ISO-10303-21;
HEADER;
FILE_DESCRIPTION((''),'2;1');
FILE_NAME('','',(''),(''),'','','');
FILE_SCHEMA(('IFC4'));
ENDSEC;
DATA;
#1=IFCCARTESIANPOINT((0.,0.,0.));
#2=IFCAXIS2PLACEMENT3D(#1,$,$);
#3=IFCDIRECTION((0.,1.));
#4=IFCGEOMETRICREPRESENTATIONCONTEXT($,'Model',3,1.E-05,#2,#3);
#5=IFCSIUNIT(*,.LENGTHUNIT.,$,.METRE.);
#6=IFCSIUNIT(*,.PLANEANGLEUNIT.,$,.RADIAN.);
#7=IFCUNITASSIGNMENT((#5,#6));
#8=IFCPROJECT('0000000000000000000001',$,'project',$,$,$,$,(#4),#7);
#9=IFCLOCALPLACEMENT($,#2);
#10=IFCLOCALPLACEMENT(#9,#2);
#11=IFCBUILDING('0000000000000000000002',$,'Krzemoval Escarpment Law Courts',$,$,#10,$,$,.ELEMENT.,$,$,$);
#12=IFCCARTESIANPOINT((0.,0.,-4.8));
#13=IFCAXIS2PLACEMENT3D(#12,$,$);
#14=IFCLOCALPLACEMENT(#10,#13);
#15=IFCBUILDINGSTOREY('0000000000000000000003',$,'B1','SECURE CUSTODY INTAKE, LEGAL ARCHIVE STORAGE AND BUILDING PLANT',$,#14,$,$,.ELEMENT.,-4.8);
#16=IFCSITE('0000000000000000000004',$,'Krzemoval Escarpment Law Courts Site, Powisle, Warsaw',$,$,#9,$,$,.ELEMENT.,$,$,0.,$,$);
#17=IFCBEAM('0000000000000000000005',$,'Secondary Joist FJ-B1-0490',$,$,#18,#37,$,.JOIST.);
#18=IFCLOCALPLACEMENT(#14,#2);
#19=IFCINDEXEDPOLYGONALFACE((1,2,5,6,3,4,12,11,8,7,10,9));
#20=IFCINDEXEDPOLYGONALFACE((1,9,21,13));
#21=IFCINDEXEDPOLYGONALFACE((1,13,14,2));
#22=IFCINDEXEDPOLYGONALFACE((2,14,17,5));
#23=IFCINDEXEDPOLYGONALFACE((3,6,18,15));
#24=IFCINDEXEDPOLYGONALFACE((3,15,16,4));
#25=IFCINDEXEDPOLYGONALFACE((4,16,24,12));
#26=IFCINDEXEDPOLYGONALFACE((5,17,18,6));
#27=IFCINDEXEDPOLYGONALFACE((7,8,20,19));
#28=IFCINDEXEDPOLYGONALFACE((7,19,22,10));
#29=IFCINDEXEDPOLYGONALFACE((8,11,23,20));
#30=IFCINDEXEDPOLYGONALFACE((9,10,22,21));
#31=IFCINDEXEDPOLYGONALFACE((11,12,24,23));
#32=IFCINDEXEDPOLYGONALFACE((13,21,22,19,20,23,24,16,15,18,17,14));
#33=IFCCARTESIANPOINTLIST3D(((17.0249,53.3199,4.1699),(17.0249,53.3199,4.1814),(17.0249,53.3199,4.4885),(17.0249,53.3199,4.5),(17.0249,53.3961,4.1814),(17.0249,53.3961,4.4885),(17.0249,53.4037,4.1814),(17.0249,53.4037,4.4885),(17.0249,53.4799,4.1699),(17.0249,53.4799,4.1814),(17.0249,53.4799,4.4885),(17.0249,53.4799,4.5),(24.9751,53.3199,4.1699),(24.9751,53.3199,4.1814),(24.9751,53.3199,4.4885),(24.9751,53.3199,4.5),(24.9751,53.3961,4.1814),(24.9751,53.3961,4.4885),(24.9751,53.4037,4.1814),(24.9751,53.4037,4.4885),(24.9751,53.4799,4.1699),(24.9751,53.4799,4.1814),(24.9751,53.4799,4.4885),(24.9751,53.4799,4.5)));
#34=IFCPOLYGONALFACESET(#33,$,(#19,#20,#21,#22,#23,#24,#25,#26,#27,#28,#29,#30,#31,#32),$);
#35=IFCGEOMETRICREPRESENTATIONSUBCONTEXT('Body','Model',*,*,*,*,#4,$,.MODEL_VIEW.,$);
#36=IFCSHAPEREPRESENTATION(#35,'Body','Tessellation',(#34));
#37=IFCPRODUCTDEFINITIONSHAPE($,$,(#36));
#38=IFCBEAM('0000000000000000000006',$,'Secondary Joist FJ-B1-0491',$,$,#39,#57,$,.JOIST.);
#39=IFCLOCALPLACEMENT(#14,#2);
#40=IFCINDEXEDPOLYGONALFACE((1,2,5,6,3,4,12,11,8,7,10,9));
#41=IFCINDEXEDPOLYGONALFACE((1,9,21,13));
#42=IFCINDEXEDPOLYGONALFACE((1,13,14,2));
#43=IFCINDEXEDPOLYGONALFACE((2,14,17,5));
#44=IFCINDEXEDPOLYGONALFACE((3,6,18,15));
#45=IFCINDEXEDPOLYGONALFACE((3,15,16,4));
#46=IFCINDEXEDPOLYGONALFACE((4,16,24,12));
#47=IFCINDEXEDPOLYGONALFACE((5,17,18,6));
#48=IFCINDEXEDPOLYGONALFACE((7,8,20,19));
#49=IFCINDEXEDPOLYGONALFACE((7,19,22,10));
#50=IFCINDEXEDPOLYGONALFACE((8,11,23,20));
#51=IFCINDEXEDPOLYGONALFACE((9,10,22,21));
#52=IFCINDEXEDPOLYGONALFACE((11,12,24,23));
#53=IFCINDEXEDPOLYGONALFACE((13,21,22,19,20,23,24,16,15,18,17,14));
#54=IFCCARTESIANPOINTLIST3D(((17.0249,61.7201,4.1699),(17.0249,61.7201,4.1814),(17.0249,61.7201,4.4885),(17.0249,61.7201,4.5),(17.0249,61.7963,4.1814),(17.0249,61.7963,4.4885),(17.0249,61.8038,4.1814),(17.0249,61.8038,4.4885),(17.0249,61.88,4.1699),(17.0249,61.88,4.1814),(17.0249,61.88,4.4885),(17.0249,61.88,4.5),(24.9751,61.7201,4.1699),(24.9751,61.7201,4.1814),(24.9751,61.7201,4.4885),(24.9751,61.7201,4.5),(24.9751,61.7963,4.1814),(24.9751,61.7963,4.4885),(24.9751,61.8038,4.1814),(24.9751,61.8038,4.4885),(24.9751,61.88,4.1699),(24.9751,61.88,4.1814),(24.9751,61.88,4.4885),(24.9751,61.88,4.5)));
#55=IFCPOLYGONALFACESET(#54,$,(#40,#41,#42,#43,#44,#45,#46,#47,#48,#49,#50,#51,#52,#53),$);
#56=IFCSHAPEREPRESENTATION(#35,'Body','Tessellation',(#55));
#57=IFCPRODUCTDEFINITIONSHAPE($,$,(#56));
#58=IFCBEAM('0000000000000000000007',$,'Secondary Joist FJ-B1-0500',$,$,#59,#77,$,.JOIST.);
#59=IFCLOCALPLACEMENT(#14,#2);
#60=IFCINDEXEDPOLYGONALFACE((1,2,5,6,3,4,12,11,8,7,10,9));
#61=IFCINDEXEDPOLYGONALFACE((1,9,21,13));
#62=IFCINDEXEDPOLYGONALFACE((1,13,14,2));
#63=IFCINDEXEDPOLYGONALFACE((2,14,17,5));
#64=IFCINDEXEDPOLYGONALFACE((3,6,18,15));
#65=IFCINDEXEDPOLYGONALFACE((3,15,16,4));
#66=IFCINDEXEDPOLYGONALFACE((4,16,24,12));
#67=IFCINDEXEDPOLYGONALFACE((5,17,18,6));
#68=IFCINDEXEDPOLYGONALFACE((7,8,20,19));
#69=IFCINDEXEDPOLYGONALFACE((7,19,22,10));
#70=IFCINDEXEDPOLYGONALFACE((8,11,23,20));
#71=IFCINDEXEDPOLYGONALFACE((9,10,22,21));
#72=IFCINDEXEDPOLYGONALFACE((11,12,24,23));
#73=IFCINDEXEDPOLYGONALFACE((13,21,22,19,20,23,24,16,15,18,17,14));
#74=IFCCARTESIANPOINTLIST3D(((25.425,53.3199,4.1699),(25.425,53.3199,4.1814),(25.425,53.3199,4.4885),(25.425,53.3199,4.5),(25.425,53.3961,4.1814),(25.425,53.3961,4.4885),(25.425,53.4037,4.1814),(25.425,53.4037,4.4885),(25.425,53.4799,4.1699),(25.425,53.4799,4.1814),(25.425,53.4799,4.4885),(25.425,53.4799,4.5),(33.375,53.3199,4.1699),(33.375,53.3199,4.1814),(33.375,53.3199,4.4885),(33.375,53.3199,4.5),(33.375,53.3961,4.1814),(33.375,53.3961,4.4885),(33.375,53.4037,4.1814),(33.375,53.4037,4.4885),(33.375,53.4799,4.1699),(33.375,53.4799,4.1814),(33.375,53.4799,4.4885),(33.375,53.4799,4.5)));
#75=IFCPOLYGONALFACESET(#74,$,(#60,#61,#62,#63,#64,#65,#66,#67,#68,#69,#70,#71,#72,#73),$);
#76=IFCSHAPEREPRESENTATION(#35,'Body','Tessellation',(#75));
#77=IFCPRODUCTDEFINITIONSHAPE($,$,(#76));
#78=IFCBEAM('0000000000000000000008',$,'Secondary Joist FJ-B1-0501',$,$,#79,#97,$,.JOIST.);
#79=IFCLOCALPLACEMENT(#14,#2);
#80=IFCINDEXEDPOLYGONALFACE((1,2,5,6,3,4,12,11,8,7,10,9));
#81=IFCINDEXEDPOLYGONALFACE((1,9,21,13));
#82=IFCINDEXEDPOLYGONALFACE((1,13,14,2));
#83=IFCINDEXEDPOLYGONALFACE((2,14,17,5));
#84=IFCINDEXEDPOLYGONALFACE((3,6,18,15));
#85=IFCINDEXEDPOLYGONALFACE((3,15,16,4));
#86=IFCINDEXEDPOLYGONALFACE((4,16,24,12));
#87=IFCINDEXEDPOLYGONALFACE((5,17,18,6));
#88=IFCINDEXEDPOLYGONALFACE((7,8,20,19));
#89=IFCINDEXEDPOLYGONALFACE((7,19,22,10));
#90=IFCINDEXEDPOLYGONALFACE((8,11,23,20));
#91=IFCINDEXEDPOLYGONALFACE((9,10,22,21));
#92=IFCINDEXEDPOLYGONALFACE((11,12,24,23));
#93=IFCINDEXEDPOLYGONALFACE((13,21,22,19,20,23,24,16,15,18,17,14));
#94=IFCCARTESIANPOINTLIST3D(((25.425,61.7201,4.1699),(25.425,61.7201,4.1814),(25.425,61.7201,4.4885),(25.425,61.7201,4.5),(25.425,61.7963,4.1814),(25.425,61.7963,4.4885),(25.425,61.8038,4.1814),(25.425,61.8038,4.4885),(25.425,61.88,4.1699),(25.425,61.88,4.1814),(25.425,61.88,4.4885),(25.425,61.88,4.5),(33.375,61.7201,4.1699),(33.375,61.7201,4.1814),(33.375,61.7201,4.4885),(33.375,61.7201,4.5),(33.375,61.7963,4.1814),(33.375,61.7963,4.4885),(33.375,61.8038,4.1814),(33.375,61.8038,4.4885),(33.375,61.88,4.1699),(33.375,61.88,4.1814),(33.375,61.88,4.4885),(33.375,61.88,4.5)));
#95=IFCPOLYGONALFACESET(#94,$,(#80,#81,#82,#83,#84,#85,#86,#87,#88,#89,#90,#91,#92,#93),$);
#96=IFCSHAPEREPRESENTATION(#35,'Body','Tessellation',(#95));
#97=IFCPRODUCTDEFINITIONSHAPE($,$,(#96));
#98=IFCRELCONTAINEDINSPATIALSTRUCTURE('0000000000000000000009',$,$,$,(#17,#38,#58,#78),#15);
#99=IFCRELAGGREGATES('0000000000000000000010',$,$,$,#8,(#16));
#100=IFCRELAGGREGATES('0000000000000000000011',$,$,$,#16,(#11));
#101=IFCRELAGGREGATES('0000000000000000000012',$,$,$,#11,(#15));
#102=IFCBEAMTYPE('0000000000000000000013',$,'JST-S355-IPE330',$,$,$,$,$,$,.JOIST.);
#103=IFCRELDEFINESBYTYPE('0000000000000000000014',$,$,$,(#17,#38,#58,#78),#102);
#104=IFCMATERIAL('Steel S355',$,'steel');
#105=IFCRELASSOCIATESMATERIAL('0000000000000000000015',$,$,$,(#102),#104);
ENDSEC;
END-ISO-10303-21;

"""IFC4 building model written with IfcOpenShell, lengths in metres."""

from ifc_helpers import new_model, si_unit, direction, frame, origin, origin_2d, place, context, subcontext, project, spatial, i_section, extrude, material, material_profile, profile_set, type_object, element, save


model = new_model("IFC4")

# Units and contexts
model_context = context("Model", 3, precision=1e-05, world=origin(), true_north=direction((0.0, 1.0)))
body_context = subcontext(model_context, "Body", "Model", "MODEL_VIEW")
ifc_project = project(units=[si_unit("LENGTHUNIT", "METRE"), si_unit("PLANEANGLEUNIT", "RADIAN")], contexts=[model_context])

# Site, building, storey
site_placement = place(None, origin())
site = spatial("IfcSite", under=ifc_project, at=site_placement, Name="Krzemoval Escarpment Law Courts Site, Powisle, Warsaw", CompositionType="ELEMENT", RefElevation=0.0)
building_placement = place(site_placement, origin())
building = spatial("IfcBuilding", under=site, at=building_placement, Name="Krzemoval Escarpment Law Courts", CompositionType="ELEMENT")
storey_placement = place(building_placement, frame((0.0, 0.0, -4.8)))
storey = spatial("IfcBuildingStorey", under=building, at=storey_placement, Name="B1", Description="SECURE CUSTODY INTAKE, LEGAL ARCHIVE STORAGE AND BUILDING PLANT", CompositionType="ELEMENT", Elevation=-4.8)

# Beams
ifc_material_1 = material(Name="Steel S355", Category="steel")
ifc_material_profile_1 = material_profile(ifc_material_1, i_section(OverallWidth=0.1599, OverallDepth=0.3301, WebThickness=0.0076, FlangeThickness=0.0115, at=origin_2d()), Name="IPE 330")
ifc_profile_set_1 = profile_set([ifc_material_profile_1], Name="Steel S355")
beam_type_1 = type_object("IfcBeamType", Name="JST-S355-IPE330", PredefinedType="JOIST", material=ifc_profile_set_1)
for number, where, z_axis, x_axis, name in (
    (1, (17.0249, 53.3999, 4.335), (1.0, 0.0, 0.0), (0.0, 1.0, 0.0), "Secondary Joist FJ-B1-0490"),
    (2, (17.0249, 61.8, 4.335), (1.0, 0.0, 0.0), (0.0, 1.0, 0.0), "Secondary Joist FJ-B1-0491"),
):
    element("IfcBeam", number, at=place(storey_placement, frame(where, z_axis=z_axis, x_axis=x_axis)), inside=storey, type_object=beam_type_1, Name=name, PredefinedType="JOIST", context=body_context, shape_type="SweptSolid", body=[
        extrude(i_section(OverallWidth=0.1599, OverallDepth=0.3301, WebThickness=0.0076, FlangeThickness=0.0115, at=origin_2d()), origin(), (0.0, 0.0, 1.0), 7.9502),
    ])
for number, where, z_axis, x_axis, name in (
    (3, (25.425, 53.3999, 4.335), (1.0, 0.0, 0.0), (0.0, 1.0, 0.0), "Secondary Joist FJ-B1-0500"),
    (4, (25.425, 61.8, 4.335), (1.0, 0.0, 0.0), (0.0, 1.0, 0.0), "Secondary Joist FJ-B1-0501"),
):
    element("IfcBeam", number, at=place(storey_placement, frame(where, z_axis=z_axis, x_axis=x_axis)), inside=storey, type_object=beam_type_1, Name=name, PredefinedType="JOIST", context=body_context, shape_type="SweptSolid", body=[
        extrude(i_section(OverallWidth=0.1599, OverallDepth=0.3301, WebThickness=0.0076, FlangeThickness=0.0115, at=origin_2d()), origin(), (0.0, 0.0, 1.0), 7.95),
    ])

save(model, "model.ifc")
